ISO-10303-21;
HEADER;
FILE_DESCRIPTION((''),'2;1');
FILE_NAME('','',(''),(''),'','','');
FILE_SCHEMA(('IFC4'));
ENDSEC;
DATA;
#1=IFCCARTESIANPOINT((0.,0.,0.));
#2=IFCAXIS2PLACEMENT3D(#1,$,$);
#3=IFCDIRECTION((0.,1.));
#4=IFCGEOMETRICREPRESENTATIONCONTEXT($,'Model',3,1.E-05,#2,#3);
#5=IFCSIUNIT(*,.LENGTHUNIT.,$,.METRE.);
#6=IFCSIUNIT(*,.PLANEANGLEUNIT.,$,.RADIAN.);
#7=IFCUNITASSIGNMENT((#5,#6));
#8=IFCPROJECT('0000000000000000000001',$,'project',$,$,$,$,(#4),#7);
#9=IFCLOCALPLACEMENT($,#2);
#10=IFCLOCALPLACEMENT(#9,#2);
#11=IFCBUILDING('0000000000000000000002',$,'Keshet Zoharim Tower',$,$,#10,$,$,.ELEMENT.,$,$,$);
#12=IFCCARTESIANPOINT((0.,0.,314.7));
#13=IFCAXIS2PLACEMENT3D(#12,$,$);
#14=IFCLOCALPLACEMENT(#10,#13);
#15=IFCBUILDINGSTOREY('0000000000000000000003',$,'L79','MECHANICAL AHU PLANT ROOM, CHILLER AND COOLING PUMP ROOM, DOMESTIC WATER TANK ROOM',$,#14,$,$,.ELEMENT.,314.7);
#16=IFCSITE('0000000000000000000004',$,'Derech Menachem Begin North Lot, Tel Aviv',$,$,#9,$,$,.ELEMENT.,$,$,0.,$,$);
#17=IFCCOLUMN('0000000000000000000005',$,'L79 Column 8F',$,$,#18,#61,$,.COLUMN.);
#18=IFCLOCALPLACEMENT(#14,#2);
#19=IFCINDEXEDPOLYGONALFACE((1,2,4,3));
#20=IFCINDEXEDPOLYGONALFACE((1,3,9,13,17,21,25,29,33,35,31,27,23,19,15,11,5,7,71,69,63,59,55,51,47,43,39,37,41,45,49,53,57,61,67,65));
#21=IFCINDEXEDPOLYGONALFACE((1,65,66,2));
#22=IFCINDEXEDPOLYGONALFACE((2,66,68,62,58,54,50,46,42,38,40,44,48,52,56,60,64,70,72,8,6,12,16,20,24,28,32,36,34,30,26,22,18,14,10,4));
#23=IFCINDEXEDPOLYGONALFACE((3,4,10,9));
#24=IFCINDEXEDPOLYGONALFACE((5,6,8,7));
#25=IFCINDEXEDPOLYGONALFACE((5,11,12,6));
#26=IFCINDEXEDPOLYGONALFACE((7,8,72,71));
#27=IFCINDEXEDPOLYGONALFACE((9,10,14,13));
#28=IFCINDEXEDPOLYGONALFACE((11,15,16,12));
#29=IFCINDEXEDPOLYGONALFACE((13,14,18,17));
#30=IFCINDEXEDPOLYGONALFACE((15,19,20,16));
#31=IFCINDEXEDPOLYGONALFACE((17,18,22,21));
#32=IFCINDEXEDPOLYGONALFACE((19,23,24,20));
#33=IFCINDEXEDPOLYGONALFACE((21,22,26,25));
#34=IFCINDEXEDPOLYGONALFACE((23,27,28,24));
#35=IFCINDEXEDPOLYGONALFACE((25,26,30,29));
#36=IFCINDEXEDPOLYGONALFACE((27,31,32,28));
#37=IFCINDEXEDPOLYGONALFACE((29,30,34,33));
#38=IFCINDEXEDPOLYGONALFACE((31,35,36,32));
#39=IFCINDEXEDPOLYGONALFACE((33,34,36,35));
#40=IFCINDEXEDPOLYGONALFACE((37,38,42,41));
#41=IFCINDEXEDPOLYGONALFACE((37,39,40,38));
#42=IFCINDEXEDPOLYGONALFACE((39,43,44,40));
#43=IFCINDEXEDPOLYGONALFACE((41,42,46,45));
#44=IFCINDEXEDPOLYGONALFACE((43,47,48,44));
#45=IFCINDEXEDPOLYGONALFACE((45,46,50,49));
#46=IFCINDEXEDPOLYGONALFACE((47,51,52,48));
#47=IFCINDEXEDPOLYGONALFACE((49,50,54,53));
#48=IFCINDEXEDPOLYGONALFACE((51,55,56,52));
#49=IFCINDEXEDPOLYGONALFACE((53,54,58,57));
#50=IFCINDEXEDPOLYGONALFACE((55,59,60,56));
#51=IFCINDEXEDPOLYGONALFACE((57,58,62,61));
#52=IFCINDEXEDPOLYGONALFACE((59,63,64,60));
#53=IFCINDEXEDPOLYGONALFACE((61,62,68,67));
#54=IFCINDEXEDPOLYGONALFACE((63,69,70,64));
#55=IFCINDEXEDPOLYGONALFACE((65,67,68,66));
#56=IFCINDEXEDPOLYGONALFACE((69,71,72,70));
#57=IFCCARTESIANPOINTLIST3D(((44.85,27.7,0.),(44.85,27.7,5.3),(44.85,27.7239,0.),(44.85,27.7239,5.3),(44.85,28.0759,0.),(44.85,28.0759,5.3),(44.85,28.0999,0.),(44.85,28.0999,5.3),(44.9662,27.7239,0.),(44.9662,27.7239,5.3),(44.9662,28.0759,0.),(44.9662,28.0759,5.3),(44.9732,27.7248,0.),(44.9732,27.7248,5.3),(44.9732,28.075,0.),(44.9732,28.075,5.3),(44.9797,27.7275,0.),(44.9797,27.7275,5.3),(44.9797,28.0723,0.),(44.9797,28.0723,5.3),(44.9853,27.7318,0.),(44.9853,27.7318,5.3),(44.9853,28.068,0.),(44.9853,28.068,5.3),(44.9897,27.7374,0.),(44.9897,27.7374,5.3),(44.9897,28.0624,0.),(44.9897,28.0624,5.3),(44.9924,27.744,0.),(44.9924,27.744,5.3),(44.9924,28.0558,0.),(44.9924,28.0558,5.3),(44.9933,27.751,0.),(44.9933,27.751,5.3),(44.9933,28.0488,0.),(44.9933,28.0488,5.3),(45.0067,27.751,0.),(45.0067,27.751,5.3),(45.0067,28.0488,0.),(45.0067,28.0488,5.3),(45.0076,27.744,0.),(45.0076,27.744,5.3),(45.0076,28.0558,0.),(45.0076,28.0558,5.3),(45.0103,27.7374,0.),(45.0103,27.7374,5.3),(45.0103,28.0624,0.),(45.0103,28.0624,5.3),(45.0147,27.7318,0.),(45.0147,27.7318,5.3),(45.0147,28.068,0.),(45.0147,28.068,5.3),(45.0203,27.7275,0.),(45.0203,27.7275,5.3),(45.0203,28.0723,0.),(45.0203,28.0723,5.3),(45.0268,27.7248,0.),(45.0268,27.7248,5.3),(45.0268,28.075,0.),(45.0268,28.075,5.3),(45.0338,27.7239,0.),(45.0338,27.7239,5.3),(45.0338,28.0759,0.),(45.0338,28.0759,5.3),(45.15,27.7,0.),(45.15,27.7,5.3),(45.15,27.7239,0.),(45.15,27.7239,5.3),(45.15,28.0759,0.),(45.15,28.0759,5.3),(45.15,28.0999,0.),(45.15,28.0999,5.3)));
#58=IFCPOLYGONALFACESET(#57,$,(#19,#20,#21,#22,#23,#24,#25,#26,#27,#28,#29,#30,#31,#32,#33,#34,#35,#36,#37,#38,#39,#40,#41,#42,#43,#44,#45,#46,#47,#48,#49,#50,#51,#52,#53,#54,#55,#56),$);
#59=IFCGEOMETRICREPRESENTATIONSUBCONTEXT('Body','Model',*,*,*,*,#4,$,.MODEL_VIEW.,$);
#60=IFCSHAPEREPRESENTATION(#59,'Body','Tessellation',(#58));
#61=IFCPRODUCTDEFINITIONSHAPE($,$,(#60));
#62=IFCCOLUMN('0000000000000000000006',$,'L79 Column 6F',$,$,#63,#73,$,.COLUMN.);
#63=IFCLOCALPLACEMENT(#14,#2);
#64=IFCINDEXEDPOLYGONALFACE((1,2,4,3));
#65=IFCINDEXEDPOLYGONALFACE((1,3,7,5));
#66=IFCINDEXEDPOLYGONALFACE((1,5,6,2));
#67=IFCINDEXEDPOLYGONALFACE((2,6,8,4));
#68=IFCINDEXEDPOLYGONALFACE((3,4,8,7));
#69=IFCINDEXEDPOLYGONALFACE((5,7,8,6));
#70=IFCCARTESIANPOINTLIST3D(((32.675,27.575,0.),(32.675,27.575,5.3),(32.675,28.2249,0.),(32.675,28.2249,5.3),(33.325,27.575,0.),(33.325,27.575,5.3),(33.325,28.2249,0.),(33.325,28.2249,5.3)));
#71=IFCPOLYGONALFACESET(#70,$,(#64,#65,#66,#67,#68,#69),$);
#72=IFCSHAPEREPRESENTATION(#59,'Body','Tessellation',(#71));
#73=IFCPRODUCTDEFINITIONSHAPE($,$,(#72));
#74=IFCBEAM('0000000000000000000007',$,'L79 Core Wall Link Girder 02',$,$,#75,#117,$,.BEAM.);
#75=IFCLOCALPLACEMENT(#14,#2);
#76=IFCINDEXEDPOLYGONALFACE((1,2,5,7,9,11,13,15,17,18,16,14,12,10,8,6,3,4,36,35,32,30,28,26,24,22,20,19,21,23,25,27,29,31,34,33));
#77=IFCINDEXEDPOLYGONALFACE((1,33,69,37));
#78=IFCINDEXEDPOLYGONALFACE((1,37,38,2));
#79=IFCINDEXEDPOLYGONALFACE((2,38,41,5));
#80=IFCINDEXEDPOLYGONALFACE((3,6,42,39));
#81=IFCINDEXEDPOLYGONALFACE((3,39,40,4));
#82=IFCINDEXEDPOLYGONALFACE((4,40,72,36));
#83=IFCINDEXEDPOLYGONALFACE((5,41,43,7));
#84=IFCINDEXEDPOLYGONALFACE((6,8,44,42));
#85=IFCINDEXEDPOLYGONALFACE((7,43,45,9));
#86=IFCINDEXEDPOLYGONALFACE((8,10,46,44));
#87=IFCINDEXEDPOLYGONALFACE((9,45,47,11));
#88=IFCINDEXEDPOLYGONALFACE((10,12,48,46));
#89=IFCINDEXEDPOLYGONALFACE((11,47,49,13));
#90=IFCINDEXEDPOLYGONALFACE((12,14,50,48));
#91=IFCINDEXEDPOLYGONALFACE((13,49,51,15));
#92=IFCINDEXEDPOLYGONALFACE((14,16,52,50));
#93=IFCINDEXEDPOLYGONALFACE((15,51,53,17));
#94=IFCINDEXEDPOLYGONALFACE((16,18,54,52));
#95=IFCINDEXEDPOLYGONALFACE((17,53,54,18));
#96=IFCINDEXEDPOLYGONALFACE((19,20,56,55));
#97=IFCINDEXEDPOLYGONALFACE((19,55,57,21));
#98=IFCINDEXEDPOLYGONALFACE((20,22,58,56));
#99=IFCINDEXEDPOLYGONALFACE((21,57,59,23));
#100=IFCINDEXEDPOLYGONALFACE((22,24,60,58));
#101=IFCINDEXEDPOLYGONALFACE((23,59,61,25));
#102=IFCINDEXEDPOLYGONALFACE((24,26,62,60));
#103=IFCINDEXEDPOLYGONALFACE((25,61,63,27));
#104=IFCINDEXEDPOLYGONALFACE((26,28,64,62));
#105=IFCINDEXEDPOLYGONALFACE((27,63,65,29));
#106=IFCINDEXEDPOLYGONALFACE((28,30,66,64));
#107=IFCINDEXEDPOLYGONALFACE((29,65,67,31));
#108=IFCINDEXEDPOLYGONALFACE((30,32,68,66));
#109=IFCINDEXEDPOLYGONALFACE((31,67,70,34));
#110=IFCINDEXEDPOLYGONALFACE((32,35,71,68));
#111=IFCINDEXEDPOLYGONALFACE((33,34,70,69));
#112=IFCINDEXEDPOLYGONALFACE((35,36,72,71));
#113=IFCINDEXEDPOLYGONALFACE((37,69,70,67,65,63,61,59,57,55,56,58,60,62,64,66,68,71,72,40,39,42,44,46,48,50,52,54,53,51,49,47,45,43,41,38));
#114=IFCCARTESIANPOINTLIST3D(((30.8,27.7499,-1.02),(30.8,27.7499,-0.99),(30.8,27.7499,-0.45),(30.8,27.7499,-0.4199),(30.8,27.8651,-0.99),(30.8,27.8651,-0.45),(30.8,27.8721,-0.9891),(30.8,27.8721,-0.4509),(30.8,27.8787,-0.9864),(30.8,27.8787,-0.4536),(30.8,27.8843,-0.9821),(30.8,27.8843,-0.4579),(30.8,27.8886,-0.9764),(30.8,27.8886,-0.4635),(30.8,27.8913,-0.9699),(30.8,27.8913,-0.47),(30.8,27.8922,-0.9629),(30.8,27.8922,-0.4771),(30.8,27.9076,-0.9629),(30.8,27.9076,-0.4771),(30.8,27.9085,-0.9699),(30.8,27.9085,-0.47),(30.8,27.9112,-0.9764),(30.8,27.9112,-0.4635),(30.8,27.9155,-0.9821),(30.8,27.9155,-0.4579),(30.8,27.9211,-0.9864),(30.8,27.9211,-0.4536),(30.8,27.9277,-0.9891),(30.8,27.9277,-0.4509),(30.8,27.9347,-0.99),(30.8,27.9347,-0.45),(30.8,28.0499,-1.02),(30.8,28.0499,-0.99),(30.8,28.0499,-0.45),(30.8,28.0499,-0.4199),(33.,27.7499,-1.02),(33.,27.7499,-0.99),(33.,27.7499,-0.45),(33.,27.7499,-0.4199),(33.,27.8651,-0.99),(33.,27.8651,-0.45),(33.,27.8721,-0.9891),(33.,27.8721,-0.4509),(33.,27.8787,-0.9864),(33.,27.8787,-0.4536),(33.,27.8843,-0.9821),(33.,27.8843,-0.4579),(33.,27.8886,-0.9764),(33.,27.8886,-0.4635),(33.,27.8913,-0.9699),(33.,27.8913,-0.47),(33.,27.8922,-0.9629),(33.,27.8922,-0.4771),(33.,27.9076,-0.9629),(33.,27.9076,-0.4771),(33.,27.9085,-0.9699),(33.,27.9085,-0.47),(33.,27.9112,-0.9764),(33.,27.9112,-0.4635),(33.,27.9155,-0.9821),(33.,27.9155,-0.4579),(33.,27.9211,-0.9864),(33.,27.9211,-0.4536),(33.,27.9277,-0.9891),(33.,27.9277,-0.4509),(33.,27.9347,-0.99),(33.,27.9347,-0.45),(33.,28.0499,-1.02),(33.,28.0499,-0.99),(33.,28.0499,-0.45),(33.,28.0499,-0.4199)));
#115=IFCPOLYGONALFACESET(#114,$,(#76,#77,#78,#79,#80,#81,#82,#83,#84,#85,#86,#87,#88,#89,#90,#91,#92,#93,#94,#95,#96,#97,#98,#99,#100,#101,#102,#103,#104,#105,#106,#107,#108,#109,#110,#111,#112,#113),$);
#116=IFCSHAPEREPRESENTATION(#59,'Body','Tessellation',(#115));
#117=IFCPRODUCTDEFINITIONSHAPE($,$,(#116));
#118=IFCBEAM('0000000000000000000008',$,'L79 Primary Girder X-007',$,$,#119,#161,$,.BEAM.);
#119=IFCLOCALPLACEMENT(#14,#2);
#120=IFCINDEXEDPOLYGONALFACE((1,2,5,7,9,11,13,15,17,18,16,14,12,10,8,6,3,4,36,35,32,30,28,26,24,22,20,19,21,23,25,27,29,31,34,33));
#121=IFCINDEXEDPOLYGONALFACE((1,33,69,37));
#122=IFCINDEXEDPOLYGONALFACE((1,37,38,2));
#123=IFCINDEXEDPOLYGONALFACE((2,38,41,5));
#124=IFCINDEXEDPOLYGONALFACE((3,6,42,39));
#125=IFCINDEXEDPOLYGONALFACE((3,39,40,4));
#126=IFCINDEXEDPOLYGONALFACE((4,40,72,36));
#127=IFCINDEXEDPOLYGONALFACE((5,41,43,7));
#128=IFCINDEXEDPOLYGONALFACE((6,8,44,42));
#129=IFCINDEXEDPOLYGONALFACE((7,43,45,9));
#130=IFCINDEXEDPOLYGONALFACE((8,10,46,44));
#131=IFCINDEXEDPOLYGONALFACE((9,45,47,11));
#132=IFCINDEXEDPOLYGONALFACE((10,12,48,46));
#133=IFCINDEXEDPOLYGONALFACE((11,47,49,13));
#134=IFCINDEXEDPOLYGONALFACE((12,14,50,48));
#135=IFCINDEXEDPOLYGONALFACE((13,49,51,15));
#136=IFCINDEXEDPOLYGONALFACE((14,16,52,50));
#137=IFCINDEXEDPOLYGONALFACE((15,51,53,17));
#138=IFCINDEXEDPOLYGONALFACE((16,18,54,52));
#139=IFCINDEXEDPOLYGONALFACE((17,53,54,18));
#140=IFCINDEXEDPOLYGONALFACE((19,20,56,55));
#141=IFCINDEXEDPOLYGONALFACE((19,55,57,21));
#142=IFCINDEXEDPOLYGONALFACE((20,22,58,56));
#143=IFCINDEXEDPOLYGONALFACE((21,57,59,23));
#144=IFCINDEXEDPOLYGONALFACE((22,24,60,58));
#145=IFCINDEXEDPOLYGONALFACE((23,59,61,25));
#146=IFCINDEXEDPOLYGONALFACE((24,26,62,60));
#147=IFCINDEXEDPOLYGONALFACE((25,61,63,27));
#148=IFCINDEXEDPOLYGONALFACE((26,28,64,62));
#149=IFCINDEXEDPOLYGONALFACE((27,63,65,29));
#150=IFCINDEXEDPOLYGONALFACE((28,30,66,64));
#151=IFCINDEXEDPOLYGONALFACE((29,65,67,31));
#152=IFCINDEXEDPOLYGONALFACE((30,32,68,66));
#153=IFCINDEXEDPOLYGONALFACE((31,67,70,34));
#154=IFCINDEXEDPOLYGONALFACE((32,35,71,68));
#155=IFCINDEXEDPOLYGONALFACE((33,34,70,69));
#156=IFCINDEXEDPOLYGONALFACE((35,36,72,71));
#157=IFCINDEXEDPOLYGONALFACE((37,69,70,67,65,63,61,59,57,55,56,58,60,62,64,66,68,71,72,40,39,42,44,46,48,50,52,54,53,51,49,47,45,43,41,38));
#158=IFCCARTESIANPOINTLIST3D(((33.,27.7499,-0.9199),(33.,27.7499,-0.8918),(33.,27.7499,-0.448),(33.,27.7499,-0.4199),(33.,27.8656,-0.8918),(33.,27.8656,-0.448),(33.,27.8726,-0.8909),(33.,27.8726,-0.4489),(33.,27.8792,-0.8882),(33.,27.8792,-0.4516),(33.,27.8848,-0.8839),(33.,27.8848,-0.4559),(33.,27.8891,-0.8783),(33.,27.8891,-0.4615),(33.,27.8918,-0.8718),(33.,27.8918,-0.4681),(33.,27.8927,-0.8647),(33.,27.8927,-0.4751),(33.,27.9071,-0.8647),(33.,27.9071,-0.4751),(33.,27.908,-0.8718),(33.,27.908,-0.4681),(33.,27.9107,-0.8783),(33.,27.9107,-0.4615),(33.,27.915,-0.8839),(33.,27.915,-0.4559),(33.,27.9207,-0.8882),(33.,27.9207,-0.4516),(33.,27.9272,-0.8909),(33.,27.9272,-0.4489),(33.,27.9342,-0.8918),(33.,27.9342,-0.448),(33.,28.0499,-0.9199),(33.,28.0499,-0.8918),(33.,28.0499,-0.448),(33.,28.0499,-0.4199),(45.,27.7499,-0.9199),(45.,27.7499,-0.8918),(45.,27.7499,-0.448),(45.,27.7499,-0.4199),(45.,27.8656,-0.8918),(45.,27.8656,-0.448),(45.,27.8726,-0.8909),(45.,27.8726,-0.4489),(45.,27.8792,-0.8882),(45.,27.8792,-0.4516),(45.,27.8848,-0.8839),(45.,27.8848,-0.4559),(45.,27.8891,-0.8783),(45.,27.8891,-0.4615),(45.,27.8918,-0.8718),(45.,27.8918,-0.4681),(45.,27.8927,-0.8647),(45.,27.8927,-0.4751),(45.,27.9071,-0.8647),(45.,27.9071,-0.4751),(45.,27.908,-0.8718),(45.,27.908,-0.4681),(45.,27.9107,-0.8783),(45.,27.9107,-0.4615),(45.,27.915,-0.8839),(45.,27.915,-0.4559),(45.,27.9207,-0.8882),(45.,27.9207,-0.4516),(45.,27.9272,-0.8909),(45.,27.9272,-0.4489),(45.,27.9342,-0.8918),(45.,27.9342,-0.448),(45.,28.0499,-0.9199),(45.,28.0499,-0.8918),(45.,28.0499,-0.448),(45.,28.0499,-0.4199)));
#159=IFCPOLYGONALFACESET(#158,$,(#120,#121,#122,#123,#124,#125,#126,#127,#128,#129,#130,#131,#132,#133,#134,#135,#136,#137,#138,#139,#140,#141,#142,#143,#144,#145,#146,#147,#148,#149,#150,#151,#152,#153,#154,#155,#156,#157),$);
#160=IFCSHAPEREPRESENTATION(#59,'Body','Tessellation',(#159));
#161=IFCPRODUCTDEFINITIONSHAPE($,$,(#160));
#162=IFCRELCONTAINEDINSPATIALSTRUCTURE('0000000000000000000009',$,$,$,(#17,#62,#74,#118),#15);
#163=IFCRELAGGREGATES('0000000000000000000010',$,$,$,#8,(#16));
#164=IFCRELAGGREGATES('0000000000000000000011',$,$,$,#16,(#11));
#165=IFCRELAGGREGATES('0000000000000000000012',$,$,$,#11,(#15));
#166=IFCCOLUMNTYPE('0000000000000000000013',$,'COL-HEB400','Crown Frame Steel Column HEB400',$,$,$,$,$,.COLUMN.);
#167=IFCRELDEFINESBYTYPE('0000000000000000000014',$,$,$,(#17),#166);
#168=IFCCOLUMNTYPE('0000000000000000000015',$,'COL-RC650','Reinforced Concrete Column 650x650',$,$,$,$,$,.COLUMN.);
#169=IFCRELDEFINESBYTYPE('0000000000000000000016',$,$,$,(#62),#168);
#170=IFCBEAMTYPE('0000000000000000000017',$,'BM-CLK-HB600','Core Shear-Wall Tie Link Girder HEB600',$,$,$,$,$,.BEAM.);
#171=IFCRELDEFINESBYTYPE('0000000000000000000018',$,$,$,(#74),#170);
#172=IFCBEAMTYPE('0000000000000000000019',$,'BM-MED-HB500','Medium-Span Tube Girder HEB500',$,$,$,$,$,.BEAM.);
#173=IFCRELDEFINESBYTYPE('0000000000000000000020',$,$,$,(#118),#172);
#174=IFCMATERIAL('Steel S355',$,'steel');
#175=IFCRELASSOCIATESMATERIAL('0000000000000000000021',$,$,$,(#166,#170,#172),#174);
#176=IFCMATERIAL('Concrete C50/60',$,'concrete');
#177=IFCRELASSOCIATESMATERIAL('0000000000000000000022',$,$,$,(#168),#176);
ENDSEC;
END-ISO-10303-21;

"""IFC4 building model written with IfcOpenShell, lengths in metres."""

from ifc_helpers import new_model, si_unit, direction, frame, origin, origin_2d, place, context, subcontext, project, spatial, rectangle, i_section, extrude, material, material_profile, profile_set, type_object, element, save


model = new_model("IFC4")

# Units and contexts
model_context = context("Model", 3, precision=1e-05, world=origin(), true_north=direction((0.0, 1.0)))
body_context = subcontext(model_context, "Body", "Model", "MODEL_VIEW")
ifc_project = project(units=[si_unit("LENGTHUNIT", "METRE"), si_unit("PLANEANGLEUNIT", "RADIAN")], contexts=[model_context])

# Site, building, storey
site_placement = place(None, origin())
site = spatial("IfcSite", under=ifc_project, at=site_placement, Name="Derech Menachem Begin North Lot, Tel Aviv", CompositionType="ELEMENT", RefElevation=0.0)
building_placement = place(site_placement, origin())
building = spatial("IfcBuilding", under=site, at=building_placement, Name="Keshet Zoharim Tower", CompositionType="ELEMENT")
storey_placement = place(building_placement, frame((0.0, 0.0, 314.7)))
storey = spatial("IfcBuildingStorey", under=building, at=storey_placement, Name="L79", Description="MECHANICAL AHU PLANT ROOM, CHILLER AND COOLING PUMP ROOM, DOMESTIC WATER TANK ROOM", CompositionType="ELEMENT", Elevation=314.7)

# Columns
ifc_material_1 = material(Name="Steel S355", Category="steel")
ifc_material_profile_1 = material_profile(ifc_material_1, i_section(OverallWidth=0.3, OverallDepth=0.3999, WebThickness=0.0134, FlangeThickness=0.0239, FilletRadius=0.0271, at=origin_2d()), Name="HEB400")
ifc_profile_set_1 = profile_set([ifc_material_profile_1], Name="Steel S355")
column_type_1 = type_object("IfcColumnType", Name="COL-HEB400", Description="Crown Frame Steel Column HEB400", PredefinedType="COLUMN", material=ifc_profile_set_1)
column_1_placement = place(storey_placement, frame((45.0, 27.8999, 0.0), z_axis=(0.0, 0.0, 1.0), x_axis=(1.0, 0.0, 0.0)))
element("IfcColumn", 1, at=column_1_placement, inside=storey, type_object=column_type_1, Name="L79 Column 8F", PredefinedType="COLUMN", context=body_context, shape_type="SweptSolid", body=[
    extrude(i_section(OverallWidth=0.3, OverallDepth=0.3999, WebThickness=0.0134, FlangeThickness=0.0239, FilletRadius=0.0271, at=origin_2d()), origin(), (0.0, 0.0, 1.0), 5.3),
])
ifc_material_2 = material(Name="Concrete C50/60", Category="concrete")
ifc_material_profile_2 = material_profile(ifc_material_2, rectangle(XDim=0.6499, YDim=0.6499, at=origin_2d()), Name="RC650x650")
ifc_profile_set_2 = profile_set([ifc_material_profile_2], Name="Concrete C50/60")
column_type_2 = type_object("IfcColumnType", Name="COL-RC650", Description="Reinforced Concrete Column 650x650", PredefinedType="COLUMN", material=ifc_profile_set_2)
column_2_placement = place(storey_placement, frame((33.0, 27.8999, 0.0), z_axis=(0.0, 0.0, 1.0), x_axis=(1.0, 0.0, 0.0)))
element("IfcColumn", 2, at=column_2_placement, inside=storey, type_object=column_type_2, Name="L79 Column 6F", PredefinedType="COLUMN", context=body_context, shape_type="SweptSolid", body=[
    extrude(rectangle(XDim=0.6499, YDim=0.6499, at=origin_2d()), origin(), (0.0, 0.0, 1.0), 5.3),
])

# Beams
ifc_material_profile_3 = material_profile(ifc_material_1, i_section(OverallWidth=0.3, OverallDepth=0.6001, WebThickness=0.0154, FlangeThickness=0.03, FilletRadius=0.0271, at=origin_2d()), Name="HEB600")
ifc_profile_set_3 = profile_set([ifc_material_profile_3], Name="Steel S355")
beam_type_1 = type_object("IfcBeamType", Name="BM-CLK-HB600", Description="Core Shear-Wall Tie Link Girder HEB600", PredefinedType="BEAM", material=ifc_profile_set_3)
beam_1_placement = place(storey_placement, frame((30.8, 27.8999, -0.72), z_axis=(1.0, 0.0, 0.0), x_axis=(0.0, 1.0, 0.0)))
element("IfcBeam", 3, at=beam_1_placement, inside=storey, type_object=beam_type_1, Name="L79 Core Wall Link Girder 02", PredefinedType="BEAM", context=body_context, shape_type="SweptSolid", body=[
    extrude(i_section(OverallWidth=0.3, OverallDepth=0.6001, WebThickness=0.0154, FlangeThickness=0.03, FilletRadius=0.0271, at=origin_2d()), origin(), (0.0, 0.0, 1.0), 2.2),
])
ifc_material_profile_4 = material_profile(ifc_material_1, i_section(OverallWidth=0.3, OverallDepth=0.5, WebThickness=0.0144, FlangeThickness=0.0281, FilletRadius=0.0271, at=origin_2d()), Name="HEB500")
ifc_profile_set_4 = profile_set([ifc_material_profile_4], Name="Steel S355")
beam_type_2 = type_object("IfcBeamType", Name="BM-MED-HB500", Description="Medium-Span Tube Girder HEB500", PredefinedType="BEAM", material=ifc_profile_set_4)
beam_2_placement = place(storey_placement, frame((33.0, 27.8999, -0.6699), z_axis=(1.0, 0.0, 0.0), x_axis=(0.0, 1.0, 0.0)))
element("IfcBeam", 4, at=beam_2_placement, inside=storey, type_object=beam_type_2, Name="L79 Primary Girder X-007", PredefinedType="BEAM", context=body_context, shape_type="SweptSolid", body=[
    extrude(i_section(OverallWidth=0.3, OverallDepth=0.5, WebThickness=0.0144, FlangeThickness=0.0281, FilletRadius=0.0271, at=origin_2d()), origin(), (0.0, 0.0, 1.0), 12.0),
])

save(model, "model.ifc")
